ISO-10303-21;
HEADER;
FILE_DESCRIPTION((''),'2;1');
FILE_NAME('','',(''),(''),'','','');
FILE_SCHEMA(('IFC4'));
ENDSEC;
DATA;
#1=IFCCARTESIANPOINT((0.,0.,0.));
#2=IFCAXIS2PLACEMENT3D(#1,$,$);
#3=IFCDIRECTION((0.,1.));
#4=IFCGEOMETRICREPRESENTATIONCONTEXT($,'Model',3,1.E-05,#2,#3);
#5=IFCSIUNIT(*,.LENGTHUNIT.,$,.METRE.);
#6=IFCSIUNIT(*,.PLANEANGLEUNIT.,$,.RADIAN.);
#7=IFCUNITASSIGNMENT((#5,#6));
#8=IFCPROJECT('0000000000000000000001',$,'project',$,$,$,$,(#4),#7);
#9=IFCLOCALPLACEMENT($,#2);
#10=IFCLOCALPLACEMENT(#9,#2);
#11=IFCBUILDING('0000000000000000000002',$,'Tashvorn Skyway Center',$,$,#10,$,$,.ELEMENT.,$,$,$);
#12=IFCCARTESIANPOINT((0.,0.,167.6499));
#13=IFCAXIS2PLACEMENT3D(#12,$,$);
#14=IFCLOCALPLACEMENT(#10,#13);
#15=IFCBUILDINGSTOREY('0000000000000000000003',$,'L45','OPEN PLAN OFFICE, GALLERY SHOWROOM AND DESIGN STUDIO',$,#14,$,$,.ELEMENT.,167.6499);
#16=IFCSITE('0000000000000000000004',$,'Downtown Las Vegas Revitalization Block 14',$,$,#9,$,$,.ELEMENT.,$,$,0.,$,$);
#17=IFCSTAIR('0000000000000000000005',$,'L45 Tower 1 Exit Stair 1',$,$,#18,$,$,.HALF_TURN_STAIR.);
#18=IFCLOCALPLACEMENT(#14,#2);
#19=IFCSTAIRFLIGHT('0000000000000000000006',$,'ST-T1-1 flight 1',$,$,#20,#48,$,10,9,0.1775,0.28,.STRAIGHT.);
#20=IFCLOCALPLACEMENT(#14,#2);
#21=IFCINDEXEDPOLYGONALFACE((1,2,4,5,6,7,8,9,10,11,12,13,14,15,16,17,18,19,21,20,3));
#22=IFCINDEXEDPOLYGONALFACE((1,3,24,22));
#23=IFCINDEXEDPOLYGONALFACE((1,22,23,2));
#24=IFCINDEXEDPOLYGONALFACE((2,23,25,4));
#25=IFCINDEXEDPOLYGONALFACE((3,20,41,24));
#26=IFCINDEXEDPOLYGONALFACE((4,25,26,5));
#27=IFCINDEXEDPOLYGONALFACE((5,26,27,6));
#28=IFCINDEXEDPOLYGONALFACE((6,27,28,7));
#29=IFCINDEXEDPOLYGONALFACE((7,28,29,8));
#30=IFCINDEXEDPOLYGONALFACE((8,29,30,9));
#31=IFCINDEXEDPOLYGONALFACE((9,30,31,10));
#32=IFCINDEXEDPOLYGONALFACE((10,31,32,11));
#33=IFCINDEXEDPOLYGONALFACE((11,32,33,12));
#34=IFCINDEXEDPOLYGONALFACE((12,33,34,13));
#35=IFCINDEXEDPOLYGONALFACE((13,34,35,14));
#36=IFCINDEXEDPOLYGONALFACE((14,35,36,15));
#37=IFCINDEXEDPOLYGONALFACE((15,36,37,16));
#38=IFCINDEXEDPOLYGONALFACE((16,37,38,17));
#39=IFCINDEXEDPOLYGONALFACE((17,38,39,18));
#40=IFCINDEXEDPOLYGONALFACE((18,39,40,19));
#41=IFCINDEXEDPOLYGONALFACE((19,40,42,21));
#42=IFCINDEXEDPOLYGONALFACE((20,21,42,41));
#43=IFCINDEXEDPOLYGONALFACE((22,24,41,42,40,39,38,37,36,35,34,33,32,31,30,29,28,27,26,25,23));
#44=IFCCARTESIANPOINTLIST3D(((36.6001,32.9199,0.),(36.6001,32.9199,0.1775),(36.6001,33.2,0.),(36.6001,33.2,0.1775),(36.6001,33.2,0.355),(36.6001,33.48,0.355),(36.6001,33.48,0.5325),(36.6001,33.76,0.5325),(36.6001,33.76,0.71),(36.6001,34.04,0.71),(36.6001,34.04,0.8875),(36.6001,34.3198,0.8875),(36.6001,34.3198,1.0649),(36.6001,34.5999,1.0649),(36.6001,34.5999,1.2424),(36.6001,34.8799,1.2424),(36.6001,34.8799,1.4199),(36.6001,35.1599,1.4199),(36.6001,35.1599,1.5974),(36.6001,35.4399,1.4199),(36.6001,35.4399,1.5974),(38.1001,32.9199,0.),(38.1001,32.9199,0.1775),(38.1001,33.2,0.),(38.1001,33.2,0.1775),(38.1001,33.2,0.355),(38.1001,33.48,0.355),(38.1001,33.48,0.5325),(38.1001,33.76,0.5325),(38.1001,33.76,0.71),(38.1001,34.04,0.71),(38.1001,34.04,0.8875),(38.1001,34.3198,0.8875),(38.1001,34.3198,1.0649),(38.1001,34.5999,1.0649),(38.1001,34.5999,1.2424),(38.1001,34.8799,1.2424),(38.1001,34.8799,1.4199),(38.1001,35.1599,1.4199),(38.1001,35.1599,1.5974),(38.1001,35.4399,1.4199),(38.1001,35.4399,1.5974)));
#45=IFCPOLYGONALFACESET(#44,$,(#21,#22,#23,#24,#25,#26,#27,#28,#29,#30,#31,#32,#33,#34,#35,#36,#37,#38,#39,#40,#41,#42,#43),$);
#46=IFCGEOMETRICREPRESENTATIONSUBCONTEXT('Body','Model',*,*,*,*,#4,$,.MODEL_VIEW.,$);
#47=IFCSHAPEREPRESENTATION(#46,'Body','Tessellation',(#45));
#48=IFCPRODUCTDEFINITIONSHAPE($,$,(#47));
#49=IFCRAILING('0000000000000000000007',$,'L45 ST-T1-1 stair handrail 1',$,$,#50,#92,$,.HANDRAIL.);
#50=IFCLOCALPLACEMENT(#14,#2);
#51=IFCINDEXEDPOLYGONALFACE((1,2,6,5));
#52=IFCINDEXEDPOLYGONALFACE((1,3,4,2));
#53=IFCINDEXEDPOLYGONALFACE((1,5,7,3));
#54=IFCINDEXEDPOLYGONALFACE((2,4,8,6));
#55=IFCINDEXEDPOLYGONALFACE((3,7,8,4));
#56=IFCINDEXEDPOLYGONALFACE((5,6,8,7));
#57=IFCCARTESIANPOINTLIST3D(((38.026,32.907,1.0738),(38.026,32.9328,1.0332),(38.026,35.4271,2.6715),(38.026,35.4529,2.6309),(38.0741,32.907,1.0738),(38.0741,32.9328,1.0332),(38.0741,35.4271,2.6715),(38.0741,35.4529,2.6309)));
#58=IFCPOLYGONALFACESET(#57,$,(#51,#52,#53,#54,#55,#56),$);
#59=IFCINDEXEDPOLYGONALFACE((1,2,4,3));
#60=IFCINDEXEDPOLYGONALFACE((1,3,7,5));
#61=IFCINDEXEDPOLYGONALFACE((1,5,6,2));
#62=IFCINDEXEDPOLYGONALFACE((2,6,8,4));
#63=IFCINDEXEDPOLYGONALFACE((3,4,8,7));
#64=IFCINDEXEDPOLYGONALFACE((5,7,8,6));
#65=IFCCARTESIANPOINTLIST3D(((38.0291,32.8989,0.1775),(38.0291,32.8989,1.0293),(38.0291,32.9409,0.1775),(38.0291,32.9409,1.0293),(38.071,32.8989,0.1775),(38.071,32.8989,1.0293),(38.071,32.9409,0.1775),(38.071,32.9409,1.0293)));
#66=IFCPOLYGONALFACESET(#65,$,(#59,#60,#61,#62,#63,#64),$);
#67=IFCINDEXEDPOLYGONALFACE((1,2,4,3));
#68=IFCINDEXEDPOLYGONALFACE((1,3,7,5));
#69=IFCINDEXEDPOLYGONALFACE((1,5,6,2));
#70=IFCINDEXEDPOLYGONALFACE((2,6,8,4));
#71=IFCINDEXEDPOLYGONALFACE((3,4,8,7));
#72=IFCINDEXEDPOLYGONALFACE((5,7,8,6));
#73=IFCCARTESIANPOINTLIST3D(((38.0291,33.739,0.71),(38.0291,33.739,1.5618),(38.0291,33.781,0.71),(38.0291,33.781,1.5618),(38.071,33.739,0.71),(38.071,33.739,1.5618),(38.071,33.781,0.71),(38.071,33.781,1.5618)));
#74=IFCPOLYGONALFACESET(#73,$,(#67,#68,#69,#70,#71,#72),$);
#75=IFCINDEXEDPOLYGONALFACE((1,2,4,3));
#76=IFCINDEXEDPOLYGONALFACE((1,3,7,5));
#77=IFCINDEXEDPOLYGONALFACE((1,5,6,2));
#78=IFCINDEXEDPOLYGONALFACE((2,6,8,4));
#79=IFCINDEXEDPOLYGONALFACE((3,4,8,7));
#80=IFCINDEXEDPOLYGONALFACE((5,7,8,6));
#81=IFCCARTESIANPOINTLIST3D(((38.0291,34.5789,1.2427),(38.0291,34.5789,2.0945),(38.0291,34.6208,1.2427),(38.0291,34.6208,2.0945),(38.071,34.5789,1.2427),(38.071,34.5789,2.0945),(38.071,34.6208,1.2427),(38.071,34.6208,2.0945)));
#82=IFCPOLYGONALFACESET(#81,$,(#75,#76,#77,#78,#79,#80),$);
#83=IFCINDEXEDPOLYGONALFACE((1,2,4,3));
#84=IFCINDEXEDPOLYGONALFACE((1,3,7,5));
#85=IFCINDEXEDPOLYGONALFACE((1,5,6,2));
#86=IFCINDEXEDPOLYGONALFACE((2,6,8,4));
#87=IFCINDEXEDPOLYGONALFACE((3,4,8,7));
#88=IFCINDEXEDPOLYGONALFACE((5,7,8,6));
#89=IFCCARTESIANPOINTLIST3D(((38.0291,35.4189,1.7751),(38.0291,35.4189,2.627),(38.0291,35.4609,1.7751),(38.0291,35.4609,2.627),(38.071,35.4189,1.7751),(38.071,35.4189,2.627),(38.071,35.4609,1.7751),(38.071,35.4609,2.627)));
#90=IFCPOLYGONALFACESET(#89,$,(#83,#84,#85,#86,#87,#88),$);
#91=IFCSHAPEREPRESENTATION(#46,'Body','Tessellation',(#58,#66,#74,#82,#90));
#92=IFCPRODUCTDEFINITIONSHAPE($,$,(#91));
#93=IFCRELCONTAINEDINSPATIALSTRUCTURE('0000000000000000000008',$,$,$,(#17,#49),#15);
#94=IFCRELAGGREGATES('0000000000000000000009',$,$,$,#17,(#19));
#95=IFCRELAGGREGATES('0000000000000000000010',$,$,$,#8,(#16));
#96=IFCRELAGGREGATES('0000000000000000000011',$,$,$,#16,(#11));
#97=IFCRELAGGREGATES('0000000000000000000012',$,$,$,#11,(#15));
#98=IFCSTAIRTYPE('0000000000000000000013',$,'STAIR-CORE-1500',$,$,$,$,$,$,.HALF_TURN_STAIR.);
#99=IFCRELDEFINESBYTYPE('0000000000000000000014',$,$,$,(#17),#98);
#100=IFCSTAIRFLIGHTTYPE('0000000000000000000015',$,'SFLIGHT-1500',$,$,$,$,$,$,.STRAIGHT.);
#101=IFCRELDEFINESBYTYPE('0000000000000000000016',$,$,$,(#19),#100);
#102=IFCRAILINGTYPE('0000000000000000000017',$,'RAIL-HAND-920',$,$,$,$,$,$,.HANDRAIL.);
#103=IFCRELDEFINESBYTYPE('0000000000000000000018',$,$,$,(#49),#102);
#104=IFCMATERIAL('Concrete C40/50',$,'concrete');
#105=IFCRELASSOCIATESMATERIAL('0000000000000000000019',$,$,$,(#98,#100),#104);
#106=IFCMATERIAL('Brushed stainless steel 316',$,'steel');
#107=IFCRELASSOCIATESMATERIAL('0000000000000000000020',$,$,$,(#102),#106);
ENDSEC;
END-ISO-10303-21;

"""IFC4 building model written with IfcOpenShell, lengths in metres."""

from ifc_helpers import new_model, si_unit, direction, frame, origin, origin_2d, place, context, subcontext, project, spatial, polyline, rectangle, outline, extrude, material, type_object, element, aggregate, save


model = new_model("IFC4")

# Units and contexts
model_context = context("Model", 3, precision=1e-05, world=origin(), true_north=direction((0.0, 1.0)))
body_context = subcontext(model_context, "Body", "Model", "MODEL_VIEW")
ifc_project = project(units=[si_unit("LENGTHUNIT", "METRE"), si_unit("PLANEANGLEUNIT", "RADIAN")], contexts=[model_context])

# Site, building, storey
site_placement = place(None, origin())
site = spatial("IfcSite", under=ifc_project, at=site_placement, Name="Downtown Las Vegas Revitalization Block 14", CompositionType="ELEMENT", RefElevation=0.0)
building_placement = place(site_placement, origin())
building = spatial("IfcBuilding", under=site, at=building_placement, Name="Tashvorn Skyway Center", CompositionType="ELEMENT")
storey_placement = place(building_placement, frame((0.0, 0.0, 167.6499)))
storey = spatial("IfcBuildingStorey", under=building, at=storey_placement, Name="L45", Description="OPEN PLAN OFFICE, GALLERY SHOWROOM AND DESIGN STUDIO", CompositionType="ELEMENT", Elevation=167.6499)

# Shared definitions
ifc_material_1 = material(Name="Concrete C40/50", Category="concrete")

# Stair, stair flight
stair_type = type_object("IfcStairType", Name="STAIR-CORE-1500", PredefinedType="HALF_TURN_STAIR", material=ifc_material_1)
stair_placement = place(storey_placement, origin())
stair = element("IfcStair", 1, at=stair_placement, inside=storey, type_object=stair_type, Name="L45 Tower 1 Exit Stair 1", PredefinedType="HALF_TURN_STAIR")
stair_flight_type = type_object("IfcStairFlightType", Name="SFLIGHT-1500", PredefinedType="STRAIGHT", material=ifc_material_1)
stair_flight_placement = place(storey_placement, frame((37.3501, 32.9199, 0.0), z_axis=(0.0, 0.0, 1.0), x_axis=(0.0, 1.0, 0.0)))
stair_flight = element("IfcStairFlight", 2, at=stair_flight_placement, type_object=stair_flight_type, Name="ST-T1-1 flight 1", NumberOfRisers=10, NumberOfTreads=9, PredefinedType="STRAIGHT", RiserHeight=0.1775, TreadLength=0.28, context=body_context, shape_type="SweptSolid", body=[
    extrude(outline(polyline([(0.0, 0.0), (0.0, 0.1775), (0.28, 0.1775), (0.28, 0.355), (0.5601, 0.355), (0.5601, 0.5325), (0.8401, 0.5325), (0.8401, 0.71), (1.1201, 0.71), (1.1201, 0.8875), (1.3999, 0.8875), (1.3999, 1.0649), (1.6799, 1.0649), (1.6799, 1.2424), (1.96, 1.2424), (1.96, 1.4199), (2.24, 1.4199), (2.24, 1.5974), (2.52, 1.5974), (2.52, 1.7749), (2.52, 1.4199), (0.28, 0.0), (0.0, 0.0)])), frame((0.0, 0.75, 0.0), z_axis=(0.0, -1.0, 0.0), x_axis=(1.0, 0.0, 0.0)), (0.0, 0.0, 1.0), 1.5),
])
aggregate(stair, [stair_flight])

# Railing
ifc_material_2 = material(Name="Brushed stainless steel 316", Category="steel")
railing_type = type_object("IfcRailingType", Name="RAIL-HAND-920", PredefinedType="HANDRAIL", material=ifc_material_2)
railing_placement = place(storey_placement, frame((38.05, 32.9199, 0.1775)))
element("IfcRailing", 3, at=railing_placement, inside=storey, type_object=railing_type, Name="L45 ST-T1-1 stair handrail 1", PredefinedType="HANDRAIL", context=body_context, shape_type="SweptSolid", body=[
    extrude(rectangle(XDim=0.0481, YDim=0.0481, at=origin_2d()), frame((0.0, 0.0, 0.876), z_axis=(0.0, 0.84457, 0.535445), x_axis=(-1.0, 0.0, 0.0)), (0.0, 0.0, 1.0), 2.9839),
    extrude(rectangle(XDim=0.042, YDim=0.042, at=origin_2d()), origin(), (0.0, 0.0, 1.0), 0.8518),
    extrude(rectangle(XDim=0.042, YDim=0.042, at=origin_2d()), frame((0.0, 0.8401, 0.5325)), (0.0, 0.0, 1.0), 0.8518),
    extrude(rectangle(XDim=0.042, YDim=0.042, at=origin_2d()), frame((0.0, 1.6799, 1.0652)), (0.0, 0.0, 1.0), 0.8518),
    extrude(rectangle(XDim=0.042, YDim=0.042, at=origin_2d()), frame((0.0, 2.52, 1.5977)), (0.0, 0.0, 1.0), 0.8518),
])

save(model, "model.ifc")
